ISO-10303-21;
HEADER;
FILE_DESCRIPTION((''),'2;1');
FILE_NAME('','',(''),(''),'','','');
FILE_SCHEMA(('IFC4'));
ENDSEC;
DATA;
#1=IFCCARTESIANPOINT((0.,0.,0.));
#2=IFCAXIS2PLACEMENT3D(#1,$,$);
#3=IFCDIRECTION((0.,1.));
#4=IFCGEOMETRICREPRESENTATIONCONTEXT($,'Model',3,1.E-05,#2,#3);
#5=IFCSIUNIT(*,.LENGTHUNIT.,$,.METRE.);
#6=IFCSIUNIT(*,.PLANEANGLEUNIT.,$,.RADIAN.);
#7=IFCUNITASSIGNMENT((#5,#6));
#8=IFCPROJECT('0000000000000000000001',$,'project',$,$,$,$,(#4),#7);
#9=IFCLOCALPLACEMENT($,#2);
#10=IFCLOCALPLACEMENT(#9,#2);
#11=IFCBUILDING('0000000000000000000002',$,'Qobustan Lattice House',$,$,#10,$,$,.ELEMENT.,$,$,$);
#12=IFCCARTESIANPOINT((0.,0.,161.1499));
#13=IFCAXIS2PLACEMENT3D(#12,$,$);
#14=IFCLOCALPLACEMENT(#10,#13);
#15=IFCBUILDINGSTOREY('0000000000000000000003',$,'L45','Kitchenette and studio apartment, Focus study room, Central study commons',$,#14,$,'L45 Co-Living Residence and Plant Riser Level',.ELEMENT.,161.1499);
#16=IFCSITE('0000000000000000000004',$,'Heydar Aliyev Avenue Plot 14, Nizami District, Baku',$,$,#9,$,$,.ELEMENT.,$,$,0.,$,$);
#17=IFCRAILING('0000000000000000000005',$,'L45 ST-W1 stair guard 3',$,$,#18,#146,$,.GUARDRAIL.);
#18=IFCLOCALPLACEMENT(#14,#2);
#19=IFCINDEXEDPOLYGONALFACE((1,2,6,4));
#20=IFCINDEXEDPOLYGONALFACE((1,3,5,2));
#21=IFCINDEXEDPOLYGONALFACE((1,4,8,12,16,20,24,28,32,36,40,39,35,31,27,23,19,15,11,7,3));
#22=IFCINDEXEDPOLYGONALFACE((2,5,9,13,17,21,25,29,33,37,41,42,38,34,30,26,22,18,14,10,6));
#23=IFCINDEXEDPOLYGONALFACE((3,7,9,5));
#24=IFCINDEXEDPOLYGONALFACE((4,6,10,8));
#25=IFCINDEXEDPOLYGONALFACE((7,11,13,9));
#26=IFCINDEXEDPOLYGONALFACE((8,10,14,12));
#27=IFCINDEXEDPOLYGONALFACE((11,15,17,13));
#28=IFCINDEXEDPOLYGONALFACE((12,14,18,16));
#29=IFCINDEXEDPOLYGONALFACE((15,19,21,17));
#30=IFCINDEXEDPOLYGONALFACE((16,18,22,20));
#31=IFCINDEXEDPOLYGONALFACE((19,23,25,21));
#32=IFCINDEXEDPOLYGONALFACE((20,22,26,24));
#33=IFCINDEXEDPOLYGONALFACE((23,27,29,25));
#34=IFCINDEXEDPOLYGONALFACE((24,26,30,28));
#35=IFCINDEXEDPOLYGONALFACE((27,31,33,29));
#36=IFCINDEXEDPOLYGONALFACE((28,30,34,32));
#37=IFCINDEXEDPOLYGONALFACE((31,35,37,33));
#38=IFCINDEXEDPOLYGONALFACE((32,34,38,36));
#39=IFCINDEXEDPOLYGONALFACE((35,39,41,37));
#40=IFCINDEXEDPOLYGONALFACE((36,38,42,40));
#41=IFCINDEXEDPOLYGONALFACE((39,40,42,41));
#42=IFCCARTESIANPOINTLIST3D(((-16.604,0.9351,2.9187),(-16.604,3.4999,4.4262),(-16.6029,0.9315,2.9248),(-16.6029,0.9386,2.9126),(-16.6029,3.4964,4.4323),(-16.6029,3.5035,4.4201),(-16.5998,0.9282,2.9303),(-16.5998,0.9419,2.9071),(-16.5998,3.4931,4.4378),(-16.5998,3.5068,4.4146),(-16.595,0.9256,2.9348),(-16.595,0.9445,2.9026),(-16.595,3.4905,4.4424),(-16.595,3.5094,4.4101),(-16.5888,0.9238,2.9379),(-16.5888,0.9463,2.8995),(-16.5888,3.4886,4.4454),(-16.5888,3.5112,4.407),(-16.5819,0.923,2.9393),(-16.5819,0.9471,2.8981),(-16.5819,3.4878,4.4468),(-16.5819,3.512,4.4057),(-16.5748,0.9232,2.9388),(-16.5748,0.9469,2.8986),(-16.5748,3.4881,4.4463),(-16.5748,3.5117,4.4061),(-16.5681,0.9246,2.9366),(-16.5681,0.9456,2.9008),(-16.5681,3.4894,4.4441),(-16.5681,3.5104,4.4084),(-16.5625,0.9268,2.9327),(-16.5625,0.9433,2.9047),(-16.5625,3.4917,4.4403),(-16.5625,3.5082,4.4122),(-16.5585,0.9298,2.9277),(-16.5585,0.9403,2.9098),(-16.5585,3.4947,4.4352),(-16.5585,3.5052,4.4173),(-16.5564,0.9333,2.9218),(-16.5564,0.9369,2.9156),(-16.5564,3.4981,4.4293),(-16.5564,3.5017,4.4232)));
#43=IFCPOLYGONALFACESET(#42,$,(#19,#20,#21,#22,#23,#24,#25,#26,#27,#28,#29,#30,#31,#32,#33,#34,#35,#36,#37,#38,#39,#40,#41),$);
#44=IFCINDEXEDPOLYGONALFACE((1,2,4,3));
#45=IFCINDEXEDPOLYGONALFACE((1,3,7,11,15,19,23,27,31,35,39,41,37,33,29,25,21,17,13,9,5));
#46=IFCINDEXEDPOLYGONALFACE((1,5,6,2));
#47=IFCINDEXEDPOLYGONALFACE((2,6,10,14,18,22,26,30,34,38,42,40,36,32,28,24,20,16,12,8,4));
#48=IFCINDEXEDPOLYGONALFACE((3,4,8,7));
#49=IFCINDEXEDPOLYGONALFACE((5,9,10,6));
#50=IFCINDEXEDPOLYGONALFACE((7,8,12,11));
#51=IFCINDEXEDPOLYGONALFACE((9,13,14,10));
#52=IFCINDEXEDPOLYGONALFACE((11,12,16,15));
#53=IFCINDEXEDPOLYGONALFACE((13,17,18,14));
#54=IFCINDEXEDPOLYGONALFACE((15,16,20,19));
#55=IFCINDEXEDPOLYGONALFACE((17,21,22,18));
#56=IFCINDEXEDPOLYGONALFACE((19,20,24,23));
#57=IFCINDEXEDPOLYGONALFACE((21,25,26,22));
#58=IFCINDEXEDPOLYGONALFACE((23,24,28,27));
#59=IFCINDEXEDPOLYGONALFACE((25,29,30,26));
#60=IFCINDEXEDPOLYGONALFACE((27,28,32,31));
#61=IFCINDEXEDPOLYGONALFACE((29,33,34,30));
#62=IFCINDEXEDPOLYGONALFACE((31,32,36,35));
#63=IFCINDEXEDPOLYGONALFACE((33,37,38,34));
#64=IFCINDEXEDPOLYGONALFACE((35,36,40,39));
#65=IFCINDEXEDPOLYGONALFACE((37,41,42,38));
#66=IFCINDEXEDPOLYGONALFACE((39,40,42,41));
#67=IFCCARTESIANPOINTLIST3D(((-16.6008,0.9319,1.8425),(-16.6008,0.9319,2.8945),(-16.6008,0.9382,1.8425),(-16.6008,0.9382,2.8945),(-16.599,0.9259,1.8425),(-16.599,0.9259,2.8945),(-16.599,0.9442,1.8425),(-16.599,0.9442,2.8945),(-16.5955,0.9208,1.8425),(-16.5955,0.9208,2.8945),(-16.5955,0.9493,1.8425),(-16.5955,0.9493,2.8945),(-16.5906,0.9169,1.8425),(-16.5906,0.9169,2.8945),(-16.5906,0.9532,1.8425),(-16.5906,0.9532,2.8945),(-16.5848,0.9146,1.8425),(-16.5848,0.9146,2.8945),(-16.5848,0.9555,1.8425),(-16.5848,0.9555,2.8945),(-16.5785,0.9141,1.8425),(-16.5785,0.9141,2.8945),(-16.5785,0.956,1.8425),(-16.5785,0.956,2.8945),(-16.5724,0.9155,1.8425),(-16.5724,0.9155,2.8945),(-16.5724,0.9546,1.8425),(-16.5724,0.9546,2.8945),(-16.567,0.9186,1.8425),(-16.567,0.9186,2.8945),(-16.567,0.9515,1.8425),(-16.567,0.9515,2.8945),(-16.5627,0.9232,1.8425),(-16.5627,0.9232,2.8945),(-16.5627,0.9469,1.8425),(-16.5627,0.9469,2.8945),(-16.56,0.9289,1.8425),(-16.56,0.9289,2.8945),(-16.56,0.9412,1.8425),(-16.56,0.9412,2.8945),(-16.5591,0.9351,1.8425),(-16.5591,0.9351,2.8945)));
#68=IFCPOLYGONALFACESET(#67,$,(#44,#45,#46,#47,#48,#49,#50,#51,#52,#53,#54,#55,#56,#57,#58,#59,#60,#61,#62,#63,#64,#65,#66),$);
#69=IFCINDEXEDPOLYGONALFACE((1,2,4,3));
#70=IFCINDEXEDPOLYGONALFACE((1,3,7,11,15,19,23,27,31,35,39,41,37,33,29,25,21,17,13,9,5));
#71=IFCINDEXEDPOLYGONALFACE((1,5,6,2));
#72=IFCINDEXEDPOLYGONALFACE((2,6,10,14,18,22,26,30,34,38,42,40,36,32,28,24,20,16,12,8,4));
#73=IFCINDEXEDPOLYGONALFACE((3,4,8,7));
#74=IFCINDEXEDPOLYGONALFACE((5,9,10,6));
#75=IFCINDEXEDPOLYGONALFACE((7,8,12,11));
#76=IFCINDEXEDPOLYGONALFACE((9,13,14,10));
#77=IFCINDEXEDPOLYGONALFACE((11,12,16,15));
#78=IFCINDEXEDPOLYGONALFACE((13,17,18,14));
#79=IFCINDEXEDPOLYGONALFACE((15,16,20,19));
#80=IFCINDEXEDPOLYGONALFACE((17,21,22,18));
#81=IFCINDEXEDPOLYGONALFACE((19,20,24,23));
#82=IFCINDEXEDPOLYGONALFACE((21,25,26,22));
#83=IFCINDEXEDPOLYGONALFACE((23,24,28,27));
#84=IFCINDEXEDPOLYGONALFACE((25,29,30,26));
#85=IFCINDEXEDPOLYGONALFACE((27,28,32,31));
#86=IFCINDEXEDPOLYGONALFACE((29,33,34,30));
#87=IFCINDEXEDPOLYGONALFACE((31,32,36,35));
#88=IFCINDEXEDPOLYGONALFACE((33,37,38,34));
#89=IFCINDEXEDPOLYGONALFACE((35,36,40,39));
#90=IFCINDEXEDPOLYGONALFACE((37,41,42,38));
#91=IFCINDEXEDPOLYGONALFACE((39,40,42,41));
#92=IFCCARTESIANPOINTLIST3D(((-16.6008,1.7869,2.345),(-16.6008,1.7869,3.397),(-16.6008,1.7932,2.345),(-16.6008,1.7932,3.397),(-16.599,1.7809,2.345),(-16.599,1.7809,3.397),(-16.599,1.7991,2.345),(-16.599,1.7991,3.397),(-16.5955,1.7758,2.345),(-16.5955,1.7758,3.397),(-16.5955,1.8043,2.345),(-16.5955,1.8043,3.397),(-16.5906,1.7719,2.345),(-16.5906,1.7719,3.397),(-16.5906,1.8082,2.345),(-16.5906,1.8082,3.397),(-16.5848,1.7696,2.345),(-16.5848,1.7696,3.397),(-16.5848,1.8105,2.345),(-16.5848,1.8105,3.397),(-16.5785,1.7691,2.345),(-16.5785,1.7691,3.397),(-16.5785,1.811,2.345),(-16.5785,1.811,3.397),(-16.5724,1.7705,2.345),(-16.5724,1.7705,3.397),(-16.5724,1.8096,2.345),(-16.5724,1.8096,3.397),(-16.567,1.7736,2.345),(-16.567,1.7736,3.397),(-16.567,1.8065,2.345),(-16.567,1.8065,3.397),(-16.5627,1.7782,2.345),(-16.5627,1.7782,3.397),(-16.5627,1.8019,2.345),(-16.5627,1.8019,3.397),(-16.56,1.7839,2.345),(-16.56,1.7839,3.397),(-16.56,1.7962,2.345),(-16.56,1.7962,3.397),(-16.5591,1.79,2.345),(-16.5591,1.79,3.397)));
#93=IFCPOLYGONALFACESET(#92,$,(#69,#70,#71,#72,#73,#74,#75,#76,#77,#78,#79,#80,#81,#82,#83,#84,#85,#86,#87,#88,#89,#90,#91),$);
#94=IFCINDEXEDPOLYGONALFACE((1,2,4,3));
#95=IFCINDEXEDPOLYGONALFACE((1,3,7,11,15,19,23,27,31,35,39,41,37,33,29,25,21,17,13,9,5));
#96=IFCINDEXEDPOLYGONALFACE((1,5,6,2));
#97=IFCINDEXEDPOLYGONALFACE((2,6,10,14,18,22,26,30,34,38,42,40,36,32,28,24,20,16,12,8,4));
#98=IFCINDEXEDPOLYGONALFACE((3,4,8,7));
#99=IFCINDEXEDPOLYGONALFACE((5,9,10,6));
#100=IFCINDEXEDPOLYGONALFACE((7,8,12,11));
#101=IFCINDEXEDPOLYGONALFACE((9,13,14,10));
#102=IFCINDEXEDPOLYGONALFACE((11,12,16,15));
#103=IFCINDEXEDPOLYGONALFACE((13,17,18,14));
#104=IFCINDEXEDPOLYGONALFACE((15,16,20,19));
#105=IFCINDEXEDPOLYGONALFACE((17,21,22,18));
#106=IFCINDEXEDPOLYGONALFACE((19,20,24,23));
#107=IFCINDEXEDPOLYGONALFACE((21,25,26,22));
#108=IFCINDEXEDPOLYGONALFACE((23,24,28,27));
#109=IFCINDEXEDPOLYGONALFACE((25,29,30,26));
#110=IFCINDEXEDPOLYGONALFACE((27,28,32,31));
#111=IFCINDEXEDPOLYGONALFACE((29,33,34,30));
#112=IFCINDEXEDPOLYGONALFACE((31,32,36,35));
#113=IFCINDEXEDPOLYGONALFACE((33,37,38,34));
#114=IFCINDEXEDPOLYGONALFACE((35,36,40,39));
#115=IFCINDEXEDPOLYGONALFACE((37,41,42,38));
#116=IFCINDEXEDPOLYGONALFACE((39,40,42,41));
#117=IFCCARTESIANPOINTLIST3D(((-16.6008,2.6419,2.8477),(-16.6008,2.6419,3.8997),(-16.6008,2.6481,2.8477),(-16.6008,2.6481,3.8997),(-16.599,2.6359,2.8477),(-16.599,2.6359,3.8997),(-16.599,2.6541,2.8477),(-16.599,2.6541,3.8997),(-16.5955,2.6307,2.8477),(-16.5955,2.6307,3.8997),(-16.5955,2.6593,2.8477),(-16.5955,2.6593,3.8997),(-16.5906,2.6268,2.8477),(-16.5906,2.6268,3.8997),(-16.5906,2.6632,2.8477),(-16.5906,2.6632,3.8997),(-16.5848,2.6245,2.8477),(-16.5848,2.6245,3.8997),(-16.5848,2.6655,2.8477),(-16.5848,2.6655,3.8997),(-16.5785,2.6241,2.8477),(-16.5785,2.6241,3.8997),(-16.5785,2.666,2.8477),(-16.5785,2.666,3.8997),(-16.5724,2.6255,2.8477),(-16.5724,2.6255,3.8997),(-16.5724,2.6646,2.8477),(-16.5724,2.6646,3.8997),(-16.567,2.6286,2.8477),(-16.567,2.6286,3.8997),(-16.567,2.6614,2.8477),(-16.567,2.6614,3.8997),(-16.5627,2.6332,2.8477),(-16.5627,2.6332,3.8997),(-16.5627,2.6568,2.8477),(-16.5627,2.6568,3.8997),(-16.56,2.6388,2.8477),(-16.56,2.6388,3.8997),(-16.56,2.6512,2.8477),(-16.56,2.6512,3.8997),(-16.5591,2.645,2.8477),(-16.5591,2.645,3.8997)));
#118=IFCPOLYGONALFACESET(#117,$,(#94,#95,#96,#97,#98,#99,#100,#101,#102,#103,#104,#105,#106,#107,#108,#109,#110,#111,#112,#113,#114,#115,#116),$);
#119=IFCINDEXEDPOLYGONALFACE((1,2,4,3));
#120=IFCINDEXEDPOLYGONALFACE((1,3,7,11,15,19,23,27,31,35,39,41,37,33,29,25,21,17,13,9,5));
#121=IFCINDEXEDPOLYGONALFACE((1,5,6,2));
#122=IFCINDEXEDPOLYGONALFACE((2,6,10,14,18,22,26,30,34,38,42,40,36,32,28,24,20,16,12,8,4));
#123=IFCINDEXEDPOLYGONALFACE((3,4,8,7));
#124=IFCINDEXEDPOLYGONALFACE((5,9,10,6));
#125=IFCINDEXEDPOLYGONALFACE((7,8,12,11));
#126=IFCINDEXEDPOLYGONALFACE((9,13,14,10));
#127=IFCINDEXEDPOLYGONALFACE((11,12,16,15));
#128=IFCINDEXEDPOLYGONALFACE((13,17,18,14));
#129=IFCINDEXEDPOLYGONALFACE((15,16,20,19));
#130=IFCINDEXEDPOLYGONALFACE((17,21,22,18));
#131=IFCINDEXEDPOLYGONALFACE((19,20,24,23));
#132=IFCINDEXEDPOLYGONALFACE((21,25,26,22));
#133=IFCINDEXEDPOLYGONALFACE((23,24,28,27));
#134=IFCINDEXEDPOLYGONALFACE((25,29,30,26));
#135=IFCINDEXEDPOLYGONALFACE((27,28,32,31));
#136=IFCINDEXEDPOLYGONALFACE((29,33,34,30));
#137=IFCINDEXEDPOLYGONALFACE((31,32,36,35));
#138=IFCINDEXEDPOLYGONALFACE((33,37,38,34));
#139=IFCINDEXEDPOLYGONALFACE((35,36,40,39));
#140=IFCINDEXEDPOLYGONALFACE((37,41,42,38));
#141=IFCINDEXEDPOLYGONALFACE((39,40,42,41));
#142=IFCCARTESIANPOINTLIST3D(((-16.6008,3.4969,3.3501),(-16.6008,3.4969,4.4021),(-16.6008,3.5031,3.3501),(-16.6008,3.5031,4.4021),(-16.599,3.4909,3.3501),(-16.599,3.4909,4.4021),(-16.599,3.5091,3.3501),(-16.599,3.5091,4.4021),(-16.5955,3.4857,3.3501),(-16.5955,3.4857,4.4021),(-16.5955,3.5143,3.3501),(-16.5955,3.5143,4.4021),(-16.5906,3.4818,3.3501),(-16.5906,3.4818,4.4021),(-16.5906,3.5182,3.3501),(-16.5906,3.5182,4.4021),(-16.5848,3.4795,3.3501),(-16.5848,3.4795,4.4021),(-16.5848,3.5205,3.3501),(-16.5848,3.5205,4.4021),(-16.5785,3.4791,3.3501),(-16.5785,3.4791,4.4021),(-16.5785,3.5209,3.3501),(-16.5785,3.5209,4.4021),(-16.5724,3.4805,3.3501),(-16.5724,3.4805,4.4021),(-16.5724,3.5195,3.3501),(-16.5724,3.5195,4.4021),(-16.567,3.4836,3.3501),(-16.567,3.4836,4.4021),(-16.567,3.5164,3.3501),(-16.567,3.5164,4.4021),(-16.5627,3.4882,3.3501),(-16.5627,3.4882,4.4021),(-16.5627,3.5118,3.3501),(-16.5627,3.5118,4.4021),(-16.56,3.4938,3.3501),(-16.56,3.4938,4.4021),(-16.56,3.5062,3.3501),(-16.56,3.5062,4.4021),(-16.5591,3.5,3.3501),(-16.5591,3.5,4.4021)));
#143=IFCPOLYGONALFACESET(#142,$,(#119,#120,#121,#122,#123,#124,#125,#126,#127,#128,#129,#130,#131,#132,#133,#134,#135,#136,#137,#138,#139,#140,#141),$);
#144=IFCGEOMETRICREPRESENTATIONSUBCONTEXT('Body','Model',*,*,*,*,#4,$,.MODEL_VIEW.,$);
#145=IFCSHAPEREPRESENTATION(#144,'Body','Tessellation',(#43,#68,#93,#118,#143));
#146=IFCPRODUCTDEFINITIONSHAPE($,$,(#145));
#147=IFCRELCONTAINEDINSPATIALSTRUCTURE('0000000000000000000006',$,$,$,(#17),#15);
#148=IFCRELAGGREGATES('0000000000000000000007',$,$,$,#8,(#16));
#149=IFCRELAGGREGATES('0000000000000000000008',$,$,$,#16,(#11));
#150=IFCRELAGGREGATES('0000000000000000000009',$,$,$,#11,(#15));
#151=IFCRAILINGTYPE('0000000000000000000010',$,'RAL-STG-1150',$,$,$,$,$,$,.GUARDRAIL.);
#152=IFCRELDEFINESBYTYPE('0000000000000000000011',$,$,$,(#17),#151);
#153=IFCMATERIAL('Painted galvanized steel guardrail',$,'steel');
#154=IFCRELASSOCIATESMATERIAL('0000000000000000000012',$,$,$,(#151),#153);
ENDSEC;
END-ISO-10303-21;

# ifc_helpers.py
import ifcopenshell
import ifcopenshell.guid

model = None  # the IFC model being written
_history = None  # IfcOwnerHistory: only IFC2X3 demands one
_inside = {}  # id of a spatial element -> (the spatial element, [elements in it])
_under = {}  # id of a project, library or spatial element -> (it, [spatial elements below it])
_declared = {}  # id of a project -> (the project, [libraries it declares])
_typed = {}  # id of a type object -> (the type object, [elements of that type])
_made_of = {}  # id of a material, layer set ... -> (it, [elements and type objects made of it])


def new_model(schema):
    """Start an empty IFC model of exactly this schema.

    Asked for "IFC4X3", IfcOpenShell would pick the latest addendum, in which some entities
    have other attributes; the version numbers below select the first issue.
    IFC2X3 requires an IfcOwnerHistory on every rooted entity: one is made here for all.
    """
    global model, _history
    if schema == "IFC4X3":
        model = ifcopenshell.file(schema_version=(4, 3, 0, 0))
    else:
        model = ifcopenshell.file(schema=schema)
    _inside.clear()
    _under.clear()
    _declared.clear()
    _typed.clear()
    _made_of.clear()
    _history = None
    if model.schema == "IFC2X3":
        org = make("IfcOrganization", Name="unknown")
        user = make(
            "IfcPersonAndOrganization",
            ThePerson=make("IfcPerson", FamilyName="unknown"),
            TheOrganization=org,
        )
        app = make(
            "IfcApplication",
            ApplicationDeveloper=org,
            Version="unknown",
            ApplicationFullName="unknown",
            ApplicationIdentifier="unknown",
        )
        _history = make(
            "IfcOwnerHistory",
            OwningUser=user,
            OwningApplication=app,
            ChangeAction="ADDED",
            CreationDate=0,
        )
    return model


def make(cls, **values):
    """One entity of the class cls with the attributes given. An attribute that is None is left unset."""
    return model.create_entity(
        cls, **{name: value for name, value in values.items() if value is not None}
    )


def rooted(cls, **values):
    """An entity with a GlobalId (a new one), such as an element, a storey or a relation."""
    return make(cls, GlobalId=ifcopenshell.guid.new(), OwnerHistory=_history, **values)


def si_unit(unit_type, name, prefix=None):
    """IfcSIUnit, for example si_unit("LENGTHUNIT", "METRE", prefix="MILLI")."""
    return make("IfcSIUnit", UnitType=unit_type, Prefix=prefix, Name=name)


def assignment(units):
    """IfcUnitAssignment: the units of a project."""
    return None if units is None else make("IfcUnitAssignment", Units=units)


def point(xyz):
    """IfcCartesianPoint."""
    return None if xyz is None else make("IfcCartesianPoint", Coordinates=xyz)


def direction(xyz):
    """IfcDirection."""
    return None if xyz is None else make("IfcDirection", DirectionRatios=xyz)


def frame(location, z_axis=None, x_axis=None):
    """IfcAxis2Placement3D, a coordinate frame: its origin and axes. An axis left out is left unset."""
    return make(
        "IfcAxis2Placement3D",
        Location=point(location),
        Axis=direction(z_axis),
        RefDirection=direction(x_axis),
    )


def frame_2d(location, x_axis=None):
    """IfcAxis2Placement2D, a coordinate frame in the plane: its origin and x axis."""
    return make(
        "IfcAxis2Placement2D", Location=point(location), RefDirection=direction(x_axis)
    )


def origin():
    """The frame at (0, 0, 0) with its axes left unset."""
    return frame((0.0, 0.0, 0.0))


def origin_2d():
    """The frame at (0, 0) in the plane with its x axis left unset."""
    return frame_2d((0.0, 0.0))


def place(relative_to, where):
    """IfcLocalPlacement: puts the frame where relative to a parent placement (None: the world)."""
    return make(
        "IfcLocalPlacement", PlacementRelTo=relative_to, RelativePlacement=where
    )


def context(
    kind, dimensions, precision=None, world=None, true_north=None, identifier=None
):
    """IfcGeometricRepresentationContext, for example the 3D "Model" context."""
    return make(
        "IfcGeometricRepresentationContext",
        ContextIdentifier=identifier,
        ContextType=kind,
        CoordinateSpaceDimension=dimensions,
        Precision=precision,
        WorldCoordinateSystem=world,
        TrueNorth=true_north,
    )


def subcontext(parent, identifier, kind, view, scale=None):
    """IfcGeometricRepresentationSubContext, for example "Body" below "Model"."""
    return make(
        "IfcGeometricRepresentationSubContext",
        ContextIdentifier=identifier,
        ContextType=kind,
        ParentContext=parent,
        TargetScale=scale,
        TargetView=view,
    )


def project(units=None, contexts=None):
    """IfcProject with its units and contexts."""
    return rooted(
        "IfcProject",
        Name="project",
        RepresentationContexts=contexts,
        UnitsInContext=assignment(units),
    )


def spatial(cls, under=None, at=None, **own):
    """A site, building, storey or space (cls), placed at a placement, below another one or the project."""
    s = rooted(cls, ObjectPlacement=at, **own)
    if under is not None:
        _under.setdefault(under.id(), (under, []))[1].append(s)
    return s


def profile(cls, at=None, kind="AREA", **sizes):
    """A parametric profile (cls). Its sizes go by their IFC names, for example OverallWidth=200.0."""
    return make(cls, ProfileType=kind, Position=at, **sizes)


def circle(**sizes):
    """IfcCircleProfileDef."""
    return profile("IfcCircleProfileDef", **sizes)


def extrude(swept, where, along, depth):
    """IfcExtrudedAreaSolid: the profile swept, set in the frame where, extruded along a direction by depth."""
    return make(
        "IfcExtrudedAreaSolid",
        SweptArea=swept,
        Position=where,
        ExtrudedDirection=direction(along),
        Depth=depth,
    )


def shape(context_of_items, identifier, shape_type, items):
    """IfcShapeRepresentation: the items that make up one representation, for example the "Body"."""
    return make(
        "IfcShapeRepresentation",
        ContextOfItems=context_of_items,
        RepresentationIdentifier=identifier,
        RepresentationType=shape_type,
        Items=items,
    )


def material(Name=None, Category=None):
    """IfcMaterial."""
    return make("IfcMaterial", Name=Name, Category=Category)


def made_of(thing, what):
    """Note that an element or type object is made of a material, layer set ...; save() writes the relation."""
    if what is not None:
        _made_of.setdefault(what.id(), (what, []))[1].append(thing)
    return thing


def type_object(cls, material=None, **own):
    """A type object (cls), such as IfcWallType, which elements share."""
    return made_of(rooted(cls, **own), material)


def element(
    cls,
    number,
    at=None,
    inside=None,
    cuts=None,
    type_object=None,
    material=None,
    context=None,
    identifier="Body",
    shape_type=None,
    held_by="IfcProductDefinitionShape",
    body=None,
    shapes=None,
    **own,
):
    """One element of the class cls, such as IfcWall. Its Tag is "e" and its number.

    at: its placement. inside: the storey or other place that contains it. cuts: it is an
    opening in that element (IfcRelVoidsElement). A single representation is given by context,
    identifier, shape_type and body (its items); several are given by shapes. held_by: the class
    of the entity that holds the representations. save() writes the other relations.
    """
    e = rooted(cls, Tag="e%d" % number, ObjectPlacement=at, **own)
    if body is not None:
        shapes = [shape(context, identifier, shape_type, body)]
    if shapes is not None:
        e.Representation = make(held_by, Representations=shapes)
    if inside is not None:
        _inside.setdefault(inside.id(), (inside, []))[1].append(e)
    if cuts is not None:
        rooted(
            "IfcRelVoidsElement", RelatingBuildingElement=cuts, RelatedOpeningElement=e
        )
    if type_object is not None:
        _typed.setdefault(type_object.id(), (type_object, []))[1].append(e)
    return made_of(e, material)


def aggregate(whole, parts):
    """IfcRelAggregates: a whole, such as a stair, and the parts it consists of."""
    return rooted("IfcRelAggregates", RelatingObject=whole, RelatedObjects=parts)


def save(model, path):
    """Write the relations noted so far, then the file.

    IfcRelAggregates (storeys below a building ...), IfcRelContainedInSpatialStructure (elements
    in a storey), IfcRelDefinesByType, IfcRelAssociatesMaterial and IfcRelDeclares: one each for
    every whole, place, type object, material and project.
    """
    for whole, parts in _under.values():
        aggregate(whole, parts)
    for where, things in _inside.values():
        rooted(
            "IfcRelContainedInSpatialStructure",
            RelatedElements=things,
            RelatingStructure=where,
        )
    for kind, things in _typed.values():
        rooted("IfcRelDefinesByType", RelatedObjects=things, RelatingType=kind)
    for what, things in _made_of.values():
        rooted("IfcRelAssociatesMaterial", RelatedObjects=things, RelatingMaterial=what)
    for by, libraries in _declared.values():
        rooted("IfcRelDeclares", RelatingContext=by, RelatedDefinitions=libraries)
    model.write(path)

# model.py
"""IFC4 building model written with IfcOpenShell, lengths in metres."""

from ifc_helpers import new_model, si_unit, direction, frame, origin, origin_2d, place, context, subcontext, project, spatial, circle, extrude, material, type_object, element, save


model = new_model("IFC4")

# Units and contexts
model_context = context("Model", 3, precision=1e-05, world=origin(), true_north=direction((0.0, 1.0)))
body_context = subcontext(model_context, "Body", "Model", "MODEL_VIEW")
ifc_project = project(units=[si_unit("LENGTHUNIT", "METRE"), si_unit("PLANEANGLEUNIT", "RADIAN")], contexts=[model_context])

# Site, building, storey
site_placement = place(None, origin())
site = spatial("IfcSite", under=ifc_project, at=site_placement, Name="Heydar Aliyev Avenue Plot 14, Nizami District, Baku", CompositionType="ELEMENT", RefElevation=0.0)
building_placement = place(site_placement, origin())
building = spatial("IfcBuilding", under=site, at=building_placement, Name="Qobustan Lattice House", CompositionType="ELEMENT")
storey_placement = place(building_placement, frame((0.0, 0.0, 161.1499)))
storey = spatial("IfcBuildingStorey", under=building, at=storey_placement, Name="L45", Description="Kitchenette and studio apartment, Focus study room, Central study commons", LongName="L45 Co-Living Residence and Plant Riser Level", CompositionType="ELEMENT", Elevation=161.1499)

# Railing
ifc_material_1 = material(Name="Painted galvanized steel guardrail", Category="steel")
railing_type_1 = type_object("IfcRailingType", Name="RAL-STG-1150", PredefinedType="GUARDRAIL", material=ifc_material_1)
railing_1_placement = place(storey_placement, frame((-16.5801, 0.9351, 1.8425)))
element("IfcRailing", 1, at=railing_1_placement, inside=storey, type_object=railing_type_1, Name="L45 ST-W1 stair guard 3", PredefinedType="GUARDRAIL", context=body_context, shape_type="SweptSolid", body=[
    extrude(circle(Radius=0.0239, at=origin_2d()), frame((0.0, 0.0, 1.0762), z_axis=(0.0, 0.862113, 0.506715), x_axis=(-1.0, 0.0, 0.0)), (0.0, 0.0, 1.0), 2.9751),
    extrude(circle(Radius=0.021, at=origin_2d()), origin(), (0.0, 0.0, 1.0), 1.052),
    extrude(circle(Radius=0.021, at=origin_2d()), frame((0.0, 0.855, 0.5024)), (0.0, 0.0, 1.0), 1.052),
    extrude(circle(Radius=0.021, at=origin_2d()), frame((0.0, 1.71, 1.0051)), (0.0, 0.0, 1.0), 1.052),
    extrude(circle(Radius=0.021, at=origin_2d()), frame((0.0, 2.5649, 1.5076)), (0.0, 0.0, 1.0), 1.052),
])

save(model, "model.ifc")
